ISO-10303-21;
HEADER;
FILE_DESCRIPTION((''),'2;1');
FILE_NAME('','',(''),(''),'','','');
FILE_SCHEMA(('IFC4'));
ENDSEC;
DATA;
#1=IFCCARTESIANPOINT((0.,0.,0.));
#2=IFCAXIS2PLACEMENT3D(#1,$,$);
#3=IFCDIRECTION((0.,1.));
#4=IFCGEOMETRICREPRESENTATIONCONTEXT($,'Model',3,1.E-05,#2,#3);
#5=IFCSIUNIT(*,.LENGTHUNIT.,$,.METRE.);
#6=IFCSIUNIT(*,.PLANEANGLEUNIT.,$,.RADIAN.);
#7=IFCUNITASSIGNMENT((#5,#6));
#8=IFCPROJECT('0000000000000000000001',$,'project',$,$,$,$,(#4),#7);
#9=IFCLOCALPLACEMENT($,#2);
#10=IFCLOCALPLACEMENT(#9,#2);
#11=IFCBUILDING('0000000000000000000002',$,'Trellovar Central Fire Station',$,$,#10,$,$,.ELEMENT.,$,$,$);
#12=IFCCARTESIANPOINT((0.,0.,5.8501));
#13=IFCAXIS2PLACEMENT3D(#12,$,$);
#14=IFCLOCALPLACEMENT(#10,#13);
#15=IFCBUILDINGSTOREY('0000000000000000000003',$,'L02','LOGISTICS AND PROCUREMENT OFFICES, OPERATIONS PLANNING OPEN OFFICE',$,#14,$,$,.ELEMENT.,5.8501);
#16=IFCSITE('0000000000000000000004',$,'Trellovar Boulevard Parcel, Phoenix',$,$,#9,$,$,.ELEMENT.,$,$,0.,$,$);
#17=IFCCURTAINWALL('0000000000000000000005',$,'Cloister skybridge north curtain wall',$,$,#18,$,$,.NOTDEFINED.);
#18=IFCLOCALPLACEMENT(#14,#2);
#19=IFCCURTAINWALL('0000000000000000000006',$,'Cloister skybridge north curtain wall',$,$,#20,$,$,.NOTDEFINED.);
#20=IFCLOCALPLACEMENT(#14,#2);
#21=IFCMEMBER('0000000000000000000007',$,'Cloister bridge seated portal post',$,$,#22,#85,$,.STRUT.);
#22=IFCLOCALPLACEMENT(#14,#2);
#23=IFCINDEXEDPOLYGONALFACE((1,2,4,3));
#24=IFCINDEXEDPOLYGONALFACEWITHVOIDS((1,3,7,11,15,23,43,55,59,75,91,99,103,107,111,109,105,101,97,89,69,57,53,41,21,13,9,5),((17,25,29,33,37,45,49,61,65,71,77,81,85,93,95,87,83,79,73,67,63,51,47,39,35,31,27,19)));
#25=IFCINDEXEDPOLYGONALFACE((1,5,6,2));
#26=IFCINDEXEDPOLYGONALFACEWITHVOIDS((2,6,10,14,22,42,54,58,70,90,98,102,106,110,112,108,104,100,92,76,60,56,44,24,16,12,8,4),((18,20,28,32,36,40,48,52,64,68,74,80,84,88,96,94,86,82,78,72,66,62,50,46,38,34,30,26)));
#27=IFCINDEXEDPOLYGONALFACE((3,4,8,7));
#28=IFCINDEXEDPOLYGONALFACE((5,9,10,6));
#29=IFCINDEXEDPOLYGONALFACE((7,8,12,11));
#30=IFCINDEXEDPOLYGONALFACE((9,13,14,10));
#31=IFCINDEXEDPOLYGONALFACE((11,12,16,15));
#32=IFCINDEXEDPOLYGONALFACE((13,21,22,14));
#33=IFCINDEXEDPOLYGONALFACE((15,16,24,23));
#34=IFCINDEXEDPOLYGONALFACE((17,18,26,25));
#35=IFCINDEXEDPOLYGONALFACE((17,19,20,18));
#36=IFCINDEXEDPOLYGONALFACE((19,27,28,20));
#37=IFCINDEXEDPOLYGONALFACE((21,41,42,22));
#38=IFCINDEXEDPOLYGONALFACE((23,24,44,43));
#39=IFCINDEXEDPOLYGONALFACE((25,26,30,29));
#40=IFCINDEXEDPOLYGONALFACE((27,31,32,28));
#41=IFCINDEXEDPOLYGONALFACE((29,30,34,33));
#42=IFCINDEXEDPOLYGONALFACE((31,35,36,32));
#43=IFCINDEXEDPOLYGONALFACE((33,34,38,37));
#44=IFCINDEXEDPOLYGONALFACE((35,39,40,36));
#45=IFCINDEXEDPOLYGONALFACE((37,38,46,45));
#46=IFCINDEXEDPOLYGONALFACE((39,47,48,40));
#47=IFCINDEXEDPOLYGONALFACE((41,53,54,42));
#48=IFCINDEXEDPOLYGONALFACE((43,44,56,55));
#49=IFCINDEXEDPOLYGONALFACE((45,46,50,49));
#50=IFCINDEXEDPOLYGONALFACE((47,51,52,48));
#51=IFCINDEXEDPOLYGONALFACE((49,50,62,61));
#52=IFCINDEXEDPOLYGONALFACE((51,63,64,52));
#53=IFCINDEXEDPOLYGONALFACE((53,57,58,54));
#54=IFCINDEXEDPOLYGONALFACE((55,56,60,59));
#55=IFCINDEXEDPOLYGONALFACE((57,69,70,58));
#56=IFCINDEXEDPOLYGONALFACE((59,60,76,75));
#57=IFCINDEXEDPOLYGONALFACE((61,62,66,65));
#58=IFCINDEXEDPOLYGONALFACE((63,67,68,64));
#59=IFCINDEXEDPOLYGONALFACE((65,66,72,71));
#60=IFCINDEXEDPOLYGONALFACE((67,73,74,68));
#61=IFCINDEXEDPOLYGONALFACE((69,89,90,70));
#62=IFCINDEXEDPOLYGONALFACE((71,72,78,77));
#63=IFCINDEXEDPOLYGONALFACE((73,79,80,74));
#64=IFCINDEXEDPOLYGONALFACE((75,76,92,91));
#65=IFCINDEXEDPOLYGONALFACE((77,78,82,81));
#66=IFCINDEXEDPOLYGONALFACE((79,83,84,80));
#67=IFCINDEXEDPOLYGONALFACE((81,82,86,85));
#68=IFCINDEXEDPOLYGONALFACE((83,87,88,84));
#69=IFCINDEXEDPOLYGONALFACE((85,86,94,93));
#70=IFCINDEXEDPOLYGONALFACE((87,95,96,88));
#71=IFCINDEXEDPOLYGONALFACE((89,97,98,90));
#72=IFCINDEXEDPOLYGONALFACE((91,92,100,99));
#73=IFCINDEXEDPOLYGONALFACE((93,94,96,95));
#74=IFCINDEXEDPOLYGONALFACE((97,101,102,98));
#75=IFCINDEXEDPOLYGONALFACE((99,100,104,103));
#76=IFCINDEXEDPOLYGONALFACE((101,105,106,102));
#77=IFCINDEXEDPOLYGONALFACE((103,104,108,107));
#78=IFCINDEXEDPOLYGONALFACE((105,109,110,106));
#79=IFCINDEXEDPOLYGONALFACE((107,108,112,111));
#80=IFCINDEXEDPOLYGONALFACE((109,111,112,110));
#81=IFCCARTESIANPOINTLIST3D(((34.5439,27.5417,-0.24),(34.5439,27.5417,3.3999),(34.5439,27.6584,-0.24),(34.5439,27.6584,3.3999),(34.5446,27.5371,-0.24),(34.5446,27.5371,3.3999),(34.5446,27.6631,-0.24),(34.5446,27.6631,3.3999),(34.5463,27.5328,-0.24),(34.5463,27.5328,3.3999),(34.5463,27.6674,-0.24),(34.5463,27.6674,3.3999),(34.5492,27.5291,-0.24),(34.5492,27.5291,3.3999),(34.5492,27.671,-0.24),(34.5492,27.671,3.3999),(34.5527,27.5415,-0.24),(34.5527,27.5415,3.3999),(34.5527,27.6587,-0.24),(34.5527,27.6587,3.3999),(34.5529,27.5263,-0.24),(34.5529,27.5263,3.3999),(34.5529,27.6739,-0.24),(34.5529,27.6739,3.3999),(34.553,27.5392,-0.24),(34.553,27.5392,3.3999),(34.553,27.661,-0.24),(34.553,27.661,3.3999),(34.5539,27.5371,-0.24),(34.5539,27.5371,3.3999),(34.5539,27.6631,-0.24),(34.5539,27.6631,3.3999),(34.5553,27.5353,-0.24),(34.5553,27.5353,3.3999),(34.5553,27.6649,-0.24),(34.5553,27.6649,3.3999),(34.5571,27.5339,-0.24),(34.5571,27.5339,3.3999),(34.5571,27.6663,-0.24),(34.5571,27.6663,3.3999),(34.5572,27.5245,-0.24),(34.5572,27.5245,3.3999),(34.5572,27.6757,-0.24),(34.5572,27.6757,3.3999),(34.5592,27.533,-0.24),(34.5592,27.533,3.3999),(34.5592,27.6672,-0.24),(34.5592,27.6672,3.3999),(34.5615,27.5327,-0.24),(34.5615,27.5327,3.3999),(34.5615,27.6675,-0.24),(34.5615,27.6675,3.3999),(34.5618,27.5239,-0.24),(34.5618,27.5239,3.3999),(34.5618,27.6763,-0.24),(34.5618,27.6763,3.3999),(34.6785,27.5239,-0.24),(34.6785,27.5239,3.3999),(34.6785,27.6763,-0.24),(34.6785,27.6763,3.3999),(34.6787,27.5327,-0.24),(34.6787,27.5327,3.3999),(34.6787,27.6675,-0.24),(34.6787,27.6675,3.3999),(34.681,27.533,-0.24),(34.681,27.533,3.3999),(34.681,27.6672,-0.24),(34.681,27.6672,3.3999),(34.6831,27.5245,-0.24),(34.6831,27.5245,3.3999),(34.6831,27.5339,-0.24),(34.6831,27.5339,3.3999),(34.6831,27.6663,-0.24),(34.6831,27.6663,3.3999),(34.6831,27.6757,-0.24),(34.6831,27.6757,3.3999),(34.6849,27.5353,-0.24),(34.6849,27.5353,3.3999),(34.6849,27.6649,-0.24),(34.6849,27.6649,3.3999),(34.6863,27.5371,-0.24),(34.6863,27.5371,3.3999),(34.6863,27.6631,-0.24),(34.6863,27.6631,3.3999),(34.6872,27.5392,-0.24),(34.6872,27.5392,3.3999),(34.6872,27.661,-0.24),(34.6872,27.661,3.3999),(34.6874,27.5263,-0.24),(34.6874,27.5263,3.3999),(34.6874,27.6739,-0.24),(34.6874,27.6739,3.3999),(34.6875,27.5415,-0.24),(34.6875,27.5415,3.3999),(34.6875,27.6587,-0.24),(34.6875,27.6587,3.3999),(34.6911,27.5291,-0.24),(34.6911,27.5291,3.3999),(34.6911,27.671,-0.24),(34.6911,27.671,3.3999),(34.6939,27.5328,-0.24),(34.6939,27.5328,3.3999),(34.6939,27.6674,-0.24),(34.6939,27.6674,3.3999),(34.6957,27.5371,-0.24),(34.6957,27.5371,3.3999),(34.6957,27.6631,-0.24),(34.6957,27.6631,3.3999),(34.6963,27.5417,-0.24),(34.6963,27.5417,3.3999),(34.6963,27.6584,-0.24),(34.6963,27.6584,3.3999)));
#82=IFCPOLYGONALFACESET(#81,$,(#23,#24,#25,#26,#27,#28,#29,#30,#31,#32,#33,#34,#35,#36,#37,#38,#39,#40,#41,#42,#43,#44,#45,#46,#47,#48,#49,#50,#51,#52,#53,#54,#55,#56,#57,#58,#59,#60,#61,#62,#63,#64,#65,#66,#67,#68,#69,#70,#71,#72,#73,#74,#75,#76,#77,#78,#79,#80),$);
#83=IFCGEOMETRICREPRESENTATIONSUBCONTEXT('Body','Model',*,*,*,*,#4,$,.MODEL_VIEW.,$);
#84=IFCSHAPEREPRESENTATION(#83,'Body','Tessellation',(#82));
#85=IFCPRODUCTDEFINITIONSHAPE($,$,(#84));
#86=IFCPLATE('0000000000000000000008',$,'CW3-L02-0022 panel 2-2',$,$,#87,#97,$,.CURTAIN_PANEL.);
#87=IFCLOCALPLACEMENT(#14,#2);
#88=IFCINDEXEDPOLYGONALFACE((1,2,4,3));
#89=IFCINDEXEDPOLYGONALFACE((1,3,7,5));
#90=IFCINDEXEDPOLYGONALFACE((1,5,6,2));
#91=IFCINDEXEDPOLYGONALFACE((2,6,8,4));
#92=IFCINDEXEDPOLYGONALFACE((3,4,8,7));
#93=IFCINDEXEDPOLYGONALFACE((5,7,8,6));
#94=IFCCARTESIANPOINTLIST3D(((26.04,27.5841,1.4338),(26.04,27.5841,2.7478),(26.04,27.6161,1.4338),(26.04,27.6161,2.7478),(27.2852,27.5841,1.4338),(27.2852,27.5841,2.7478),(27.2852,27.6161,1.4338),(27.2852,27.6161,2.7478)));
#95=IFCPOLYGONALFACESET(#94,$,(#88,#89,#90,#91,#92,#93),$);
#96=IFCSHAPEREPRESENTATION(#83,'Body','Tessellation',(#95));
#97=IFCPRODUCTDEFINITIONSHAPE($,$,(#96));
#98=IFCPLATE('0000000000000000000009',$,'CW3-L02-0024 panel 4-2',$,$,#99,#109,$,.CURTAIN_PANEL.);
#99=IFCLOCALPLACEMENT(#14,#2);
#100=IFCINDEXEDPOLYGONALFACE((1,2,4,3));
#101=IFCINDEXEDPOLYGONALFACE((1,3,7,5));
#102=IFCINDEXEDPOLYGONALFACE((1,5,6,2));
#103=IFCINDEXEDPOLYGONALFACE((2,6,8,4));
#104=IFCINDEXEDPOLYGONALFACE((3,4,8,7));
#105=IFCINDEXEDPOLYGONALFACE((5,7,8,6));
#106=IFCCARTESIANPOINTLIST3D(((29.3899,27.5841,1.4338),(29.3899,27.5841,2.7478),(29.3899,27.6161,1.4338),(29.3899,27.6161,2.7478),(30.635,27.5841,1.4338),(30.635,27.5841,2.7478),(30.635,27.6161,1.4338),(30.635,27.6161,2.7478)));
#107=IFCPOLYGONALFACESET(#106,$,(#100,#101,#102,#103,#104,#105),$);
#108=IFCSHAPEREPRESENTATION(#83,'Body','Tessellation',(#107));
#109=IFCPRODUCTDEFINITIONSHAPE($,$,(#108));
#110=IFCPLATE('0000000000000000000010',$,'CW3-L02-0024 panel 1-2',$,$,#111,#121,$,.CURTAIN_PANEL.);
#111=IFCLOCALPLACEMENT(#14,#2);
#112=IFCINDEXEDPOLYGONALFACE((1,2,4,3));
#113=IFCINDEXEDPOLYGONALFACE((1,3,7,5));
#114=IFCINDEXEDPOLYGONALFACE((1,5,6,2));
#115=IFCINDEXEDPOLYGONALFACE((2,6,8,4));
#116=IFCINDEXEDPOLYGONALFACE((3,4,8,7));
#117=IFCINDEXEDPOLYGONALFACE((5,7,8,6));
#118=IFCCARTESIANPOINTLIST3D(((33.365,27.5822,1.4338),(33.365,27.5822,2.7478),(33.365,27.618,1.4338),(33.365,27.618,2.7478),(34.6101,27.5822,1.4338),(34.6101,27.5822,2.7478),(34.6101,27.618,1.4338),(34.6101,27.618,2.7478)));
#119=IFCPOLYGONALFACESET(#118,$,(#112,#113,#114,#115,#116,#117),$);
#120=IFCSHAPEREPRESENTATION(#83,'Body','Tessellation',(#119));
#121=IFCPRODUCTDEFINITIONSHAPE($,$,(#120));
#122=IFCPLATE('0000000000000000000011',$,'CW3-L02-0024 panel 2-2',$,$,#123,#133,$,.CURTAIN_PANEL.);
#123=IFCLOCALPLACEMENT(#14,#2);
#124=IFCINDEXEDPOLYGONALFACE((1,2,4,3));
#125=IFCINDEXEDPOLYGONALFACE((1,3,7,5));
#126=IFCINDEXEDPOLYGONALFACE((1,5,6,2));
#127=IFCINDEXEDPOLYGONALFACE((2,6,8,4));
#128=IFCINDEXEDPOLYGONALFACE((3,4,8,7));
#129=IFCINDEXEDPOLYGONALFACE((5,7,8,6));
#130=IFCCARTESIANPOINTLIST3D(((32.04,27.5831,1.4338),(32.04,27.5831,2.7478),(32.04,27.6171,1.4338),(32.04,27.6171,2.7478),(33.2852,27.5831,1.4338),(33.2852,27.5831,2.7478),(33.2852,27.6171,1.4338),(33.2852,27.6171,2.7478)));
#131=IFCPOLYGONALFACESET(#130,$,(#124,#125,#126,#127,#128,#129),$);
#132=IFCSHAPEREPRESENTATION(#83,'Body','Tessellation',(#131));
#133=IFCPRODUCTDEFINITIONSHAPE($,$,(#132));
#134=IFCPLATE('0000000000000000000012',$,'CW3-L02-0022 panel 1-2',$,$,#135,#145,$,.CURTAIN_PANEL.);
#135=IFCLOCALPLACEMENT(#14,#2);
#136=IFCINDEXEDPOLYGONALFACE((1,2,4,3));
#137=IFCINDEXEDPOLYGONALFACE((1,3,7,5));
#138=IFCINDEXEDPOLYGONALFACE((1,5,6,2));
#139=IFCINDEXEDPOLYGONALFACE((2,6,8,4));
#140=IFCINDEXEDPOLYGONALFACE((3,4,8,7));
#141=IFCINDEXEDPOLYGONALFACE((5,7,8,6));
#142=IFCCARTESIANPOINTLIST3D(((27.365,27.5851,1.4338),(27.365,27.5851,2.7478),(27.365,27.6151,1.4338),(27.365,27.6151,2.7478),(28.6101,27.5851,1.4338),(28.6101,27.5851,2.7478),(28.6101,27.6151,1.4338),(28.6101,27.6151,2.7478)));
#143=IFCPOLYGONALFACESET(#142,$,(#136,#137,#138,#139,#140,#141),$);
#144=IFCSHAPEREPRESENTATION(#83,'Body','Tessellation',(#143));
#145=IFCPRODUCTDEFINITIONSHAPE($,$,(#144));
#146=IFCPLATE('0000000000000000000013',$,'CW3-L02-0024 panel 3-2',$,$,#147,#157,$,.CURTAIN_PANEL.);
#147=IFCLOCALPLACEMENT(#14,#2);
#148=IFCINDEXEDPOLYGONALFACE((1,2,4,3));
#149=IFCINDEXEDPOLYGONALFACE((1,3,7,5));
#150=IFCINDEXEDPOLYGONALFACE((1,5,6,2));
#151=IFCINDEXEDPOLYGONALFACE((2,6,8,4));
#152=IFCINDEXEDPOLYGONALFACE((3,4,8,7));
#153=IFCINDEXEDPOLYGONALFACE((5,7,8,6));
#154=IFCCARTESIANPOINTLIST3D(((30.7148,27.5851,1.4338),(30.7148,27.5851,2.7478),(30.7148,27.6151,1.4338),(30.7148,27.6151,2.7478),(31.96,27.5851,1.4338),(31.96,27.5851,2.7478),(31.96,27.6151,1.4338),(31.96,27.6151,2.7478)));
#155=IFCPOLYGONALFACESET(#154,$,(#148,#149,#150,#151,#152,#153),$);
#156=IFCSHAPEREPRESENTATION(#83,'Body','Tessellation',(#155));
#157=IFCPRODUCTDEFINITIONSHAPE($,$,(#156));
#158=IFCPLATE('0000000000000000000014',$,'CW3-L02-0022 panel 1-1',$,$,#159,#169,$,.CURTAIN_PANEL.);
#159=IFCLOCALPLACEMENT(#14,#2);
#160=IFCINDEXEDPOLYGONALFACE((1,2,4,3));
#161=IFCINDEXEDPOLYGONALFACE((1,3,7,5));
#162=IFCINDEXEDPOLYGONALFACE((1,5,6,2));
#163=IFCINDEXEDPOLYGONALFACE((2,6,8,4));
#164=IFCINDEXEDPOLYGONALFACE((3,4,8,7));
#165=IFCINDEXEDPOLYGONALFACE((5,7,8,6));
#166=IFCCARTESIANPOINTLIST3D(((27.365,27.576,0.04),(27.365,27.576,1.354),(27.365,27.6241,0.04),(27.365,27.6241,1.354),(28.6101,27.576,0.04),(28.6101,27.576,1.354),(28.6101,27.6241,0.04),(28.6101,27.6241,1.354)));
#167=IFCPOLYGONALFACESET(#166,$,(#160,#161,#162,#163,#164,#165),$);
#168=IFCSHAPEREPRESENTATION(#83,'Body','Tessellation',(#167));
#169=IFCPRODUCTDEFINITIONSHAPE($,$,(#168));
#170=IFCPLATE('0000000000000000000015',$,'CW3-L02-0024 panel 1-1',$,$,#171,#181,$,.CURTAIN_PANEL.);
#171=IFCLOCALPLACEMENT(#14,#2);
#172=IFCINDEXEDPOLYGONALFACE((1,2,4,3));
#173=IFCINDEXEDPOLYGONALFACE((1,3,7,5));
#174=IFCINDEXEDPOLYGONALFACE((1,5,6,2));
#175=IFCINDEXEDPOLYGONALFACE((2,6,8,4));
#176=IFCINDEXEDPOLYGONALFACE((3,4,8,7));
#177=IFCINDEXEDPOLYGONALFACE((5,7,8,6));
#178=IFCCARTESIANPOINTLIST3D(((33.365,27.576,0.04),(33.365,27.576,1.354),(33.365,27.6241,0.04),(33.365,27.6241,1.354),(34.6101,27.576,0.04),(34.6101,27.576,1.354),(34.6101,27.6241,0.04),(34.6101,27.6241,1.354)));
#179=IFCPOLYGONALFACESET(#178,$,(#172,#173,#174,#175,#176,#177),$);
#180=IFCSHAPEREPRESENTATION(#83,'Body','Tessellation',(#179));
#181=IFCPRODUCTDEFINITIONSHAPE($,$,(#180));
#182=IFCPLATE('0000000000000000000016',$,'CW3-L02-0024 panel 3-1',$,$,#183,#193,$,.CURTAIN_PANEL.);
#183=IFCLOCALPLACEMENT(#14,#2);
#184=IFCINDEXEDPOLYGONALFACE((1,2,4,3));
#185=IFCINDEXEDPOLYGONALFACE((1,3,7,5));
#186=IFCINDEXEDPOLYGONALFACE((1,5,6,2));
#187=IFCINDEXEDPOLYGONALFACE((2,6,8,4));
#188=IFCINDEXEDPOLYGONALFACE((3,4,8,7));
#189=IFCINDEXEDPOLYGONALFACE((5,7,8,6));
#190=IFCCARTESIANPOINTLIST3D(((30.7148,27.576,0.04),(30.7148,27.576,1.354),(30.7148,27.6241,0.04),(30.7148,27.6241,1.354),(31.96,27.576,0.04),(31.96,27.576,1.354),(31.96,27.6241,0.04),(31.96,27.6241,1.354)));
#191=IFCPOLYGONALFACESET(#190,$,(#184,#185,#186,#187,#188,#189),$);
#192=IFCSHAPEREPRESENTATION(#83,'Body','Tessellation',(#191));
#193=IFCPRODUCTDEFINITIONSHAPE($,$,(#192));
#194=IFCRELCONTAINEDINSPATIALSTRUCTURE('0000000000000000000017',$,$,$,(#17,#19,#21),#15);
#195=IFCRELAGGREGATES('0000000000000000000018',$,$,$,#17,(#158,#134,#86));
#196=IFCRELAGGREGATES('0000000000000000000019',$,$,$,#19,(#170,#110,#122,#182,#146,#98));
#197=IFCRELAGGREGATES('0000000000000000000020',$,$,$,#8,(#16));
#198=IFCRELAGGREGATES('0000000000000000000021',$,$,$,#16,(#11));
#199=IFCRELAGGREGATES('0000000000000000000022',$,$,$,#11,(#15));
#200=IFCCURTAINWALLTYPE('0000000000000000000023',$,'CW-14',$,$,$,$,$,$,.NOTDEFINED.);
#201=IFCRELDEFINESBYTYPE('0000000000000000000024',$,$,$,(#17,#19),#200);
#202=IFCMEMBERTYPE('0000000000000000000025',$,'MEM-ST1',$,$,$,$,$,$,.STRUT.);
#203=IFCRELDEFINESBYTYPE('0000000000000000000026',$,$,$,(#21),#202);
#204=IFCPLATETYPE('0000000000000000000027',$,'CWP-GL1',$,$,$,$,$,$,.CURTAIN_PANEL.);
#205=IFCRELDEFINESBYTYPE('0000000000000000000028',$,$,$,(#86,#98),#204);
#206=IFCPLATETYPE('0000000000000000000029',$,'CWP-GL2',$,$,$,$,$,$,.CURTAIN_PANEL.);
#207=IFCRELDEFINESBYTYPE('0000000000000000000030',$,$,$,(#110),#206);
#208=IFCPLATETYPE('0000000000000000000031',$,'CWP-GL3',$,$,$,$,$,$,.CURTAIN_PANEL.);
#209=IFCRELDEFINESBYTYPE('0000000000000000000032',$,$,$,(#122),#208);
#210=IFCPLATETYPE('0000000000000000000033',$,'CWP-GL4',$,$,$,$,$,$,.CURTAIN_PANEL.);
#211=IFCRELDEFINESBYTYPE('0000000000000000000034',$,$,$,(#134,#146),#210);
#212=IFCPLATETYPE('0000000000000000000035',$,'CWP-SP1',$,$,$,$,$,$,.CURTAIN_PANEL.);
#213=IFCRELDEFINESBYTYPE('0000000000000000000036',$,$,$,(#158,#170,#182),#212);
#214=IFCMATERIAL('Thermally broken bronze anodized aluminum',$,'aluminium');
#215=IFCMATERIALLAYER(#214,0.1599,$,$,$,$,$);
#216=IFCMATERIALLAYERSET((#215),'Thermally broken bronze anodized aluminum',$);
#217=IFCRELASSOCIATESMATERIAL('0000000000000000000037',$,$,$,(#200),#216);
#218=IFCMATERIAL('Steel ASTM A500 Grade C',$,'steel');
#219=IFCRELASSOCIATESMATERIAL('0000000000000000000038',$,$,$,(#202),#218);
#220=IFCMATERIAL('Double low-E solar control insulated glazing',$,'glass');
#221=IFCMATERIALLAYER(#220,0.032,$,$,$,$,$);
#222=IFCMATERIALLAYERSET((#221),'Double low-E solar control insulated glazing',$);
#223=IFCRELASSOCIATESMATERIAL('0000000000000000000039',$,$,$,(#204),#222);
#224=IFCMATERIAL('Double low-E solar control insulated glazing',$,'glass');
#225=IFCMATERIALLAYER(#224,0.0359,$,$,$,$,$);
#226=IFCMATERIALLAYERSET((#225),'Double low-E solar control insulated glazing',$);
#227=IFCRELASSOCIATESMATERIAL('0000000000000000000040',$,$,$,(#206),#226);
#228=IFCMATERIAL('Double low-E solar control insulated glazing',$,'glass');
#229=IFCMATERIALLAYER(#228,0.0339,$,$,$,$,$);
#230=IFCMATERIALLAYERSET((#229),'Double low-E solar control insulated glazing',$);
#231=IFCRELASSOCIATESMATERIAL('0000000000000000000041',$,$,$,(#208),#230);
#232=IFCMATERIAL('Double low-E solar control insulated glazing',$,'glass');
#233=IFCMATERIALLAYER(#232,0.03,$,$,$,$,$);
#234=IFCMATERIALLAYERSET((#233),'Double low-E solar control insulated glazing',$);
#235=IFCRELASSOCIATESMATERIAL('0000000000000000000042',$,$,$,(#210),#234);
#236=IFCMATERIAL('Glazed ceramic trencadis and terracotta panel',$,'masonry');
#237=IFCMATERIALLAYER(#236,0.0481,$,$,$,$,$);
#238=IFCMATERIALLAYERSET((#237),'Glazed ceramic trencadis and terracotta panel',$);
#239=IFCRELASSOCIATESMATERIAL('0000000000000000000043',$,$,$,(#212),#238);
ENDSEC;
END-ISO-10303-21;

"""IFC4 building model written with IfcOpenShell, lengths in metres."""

from ifc_helpers import new_model, si_unit, direction, frame, origin, origin_2d, place, context, subcontext, project, spatial, rectangle, hollow_rectangle, extrude, material, layer, layer_set, material_profile, profile_set, type_object, element, aggregate, save


model = new_model("IFC4")

# Units and contexts
model_context = context("Model", 3, precision=1e-05, world=origin(), true_north=direction((0.0, 1.0)))
body_context = subcontext(model_context, "Body", "Model", "MODEL_VIEW")
ifc_project = project(units=[si_unit("LENGTHUNIT", "METRE"), si_unit("PLANEANGLEUNIT", "RADIAN")], contexts=[model_context])

# Site, building, storey
site_placement = place(None, origin())
site = spatial("IfcSite", under=ifc_project, at=site_placement, Name="Trellovar Boulevard Parcel, Phoenix", CompositionType="ELEMENT", RefElevation=0.0)
building_placement = place(site_placement, origin())
building = spatial("IfcBuilding", under=site, at=building_placement, Name="Trellovar Central Fire Station", CompositionType="ELEMENT")
storey_placement = place(building_placement, frame((0.0, 0.0, 5.8501)))
storey = spatial("IfcBuildingStorey", under=building, at=storey_placement, Name="L02", Description="LOGISTICS AND PROCUREMENT OFFICES, OPERATIONS PLANNING OPEN OFFICE", CompositionType="ELEMENT", Elevation=5.8501)

# Curtain walls
ifc_material_1 = material(Name="Thermally broken bronze anodized aluminum", Category="aluminium")
ifc_layer_1 = layer(ifc_material_1, 0.1599)
ifc_layer_set_1 = layer_set([ifc_layer_1], Name="Thermally broken bronze anodized aluminum")
curtain_wall_type = type_object("IfcCurtainWallType", Name="CW-14", PredefinedType="NOTDEFINED", material=ifc_layer_set_1)
curtain_wall_1_placement = place(storey_placement, origin())
curtain_wall_1 = element("IfcCurtainWall", 1, at=curtain_wall_1_placement, inside=storey, type_object=curtain_wall_type, Name="Cloister skybridge north curtain wall", PredefinedType="NOTDEFINED")
curtain_wall_2_placement = place(storey_placement, origin())
curtain_wall_2 = element("IfcCurtainWall", 2, at=curtain_wall_2_placement, inside=storey, type_object=curtain_wall_type, Name="Cloister skybridge north curtain wall", PredefinedType="NOTDEFINED")

# Member
ifc_material_2 = material(Name="Steel ASTM A500 Grade C", Category="steel")
ifc_material_profile_1 = material_profile(ifc_material_2, hollow_rectangle(XDim=0.1523, YDim=0.1523, WallThickness=0.0088, InnerFilletRadius=0.0088, OuterFilletRadius=0.0178, at=origin_2d()), Name="HSS6X6X3/8")
ifc_profile_set_1 = profile_set([ifc_material_profile_1], Name="Steel ASTM A500 Grade C")
member_type_1 = type_object("IfcMemberType", Name="MEM-ST1", PredefinedType="STRUT", material=ifc_profile_set_1)
member_1_placement = place(storey_placement, frame((34.6201, 27.6001, -0.24), z_axis=(0.0, 0.0, 1.0), x_axis=(1.0, 0.0, 0.0)))
element("IfcMember", 3, at=member_1_placement, inside=storey, type_object=member_type_1, Name="Cloister bridge seated portal post", PredefinedType="STRUT", context=body_context, shape_type="SweptSolid", body=[
    extrude(hollow_rectangle(XDim=0.1523, YDim=0.1523, WallThickness=0.0088, InnerFilletRadius=0.0088, OuterFilletRadius=0.0178, at=origin_2d()), origin(), (0.0, 0.0, 1.0), 3.6399),
])

# Plates
ifc_material_3 = material(Name="Double low-E solar control insulated glazing", Category="glass")
ifc_layer_2 = layer(ifc_material_3, 0.032)
ifc_layer_set_2 = layer_set([ifc_layer_2], Name="Double low-E solar control insulated glazing")
plate_type_1 = type_object("IfcPlateType", Name="CWP-GL1", PredefinedType="CURTAIN_PANEL", material=ifc_layer_set_2)
plate_1_placement = place(storey_placement, frame((26.6626, 27.6001, 1.4338), z_axis=(0.0, 0.0, 1.0), x_axis=(-1.0, 0.0, 0.0)))
plate_1 = element("IfcPlate", 4, at=plate_1_placement, type_object=plate_type_1, Name="CW3-L02-0022 panel 2-2", PredefinedType="CURTAIN_PANEL", context=body_context, shape_type="SweptSolid", body=[
    extrude(rectangle(XDim=1.2451, YDim=0.032, at=origin_2d()), origin(), (0.0, 0.0, 1.0), 1.314),
])
plate_2_placement = place(storey_placement, frame((30.0125, 27.6001, 1.4338), z_axis=(0.0, 0.0, 1.0), x_axis=(-1.0, 0.0, 0.0)))
plate_2 = element("IfcPlate", 5, at=plate_2_placement, type_object=plate_type_1, Name="CW3-L02-0024 panel 4-2", PredefinedType="CURTAIN_PANEL", context=body_context, shape_type="SweptSolid", body=[
    extrude(rectangle(XDim=1.2451, YDim=0.032, at=origin_2d()), origin(), (0.0, 0.0, 1.0), 1.314),
])
ifc_material_4 = material(Name="Double low-E solar control insulated glazing", Category="glass")
ifc_layer_3 = layer(ifc_material_4, 0.0359)
ifc_layer_set_3 = layer_set([ifc_layer_3], Name="Double low-E solar control insulated glazing")
plate_type_2 = type_object("IfcPlateType", Name="CWP-GL2", PredefinedType="CURTAIN_PANEL", material=ifc_layer_set_3)
plate_3_placement = place(storey_placement, frame((33.9875, 27.6001, 1.4338), z_axis=(0.0, 0.0, 1.0), x_axis=(-1.0, 0.0, 0.0)))
plate_3 = element("IfcPlate", 6, at=plate_3_placement, type_object=plate_type_2, Name="CW3-L02-0024 panel 1-2", PredefinedType="CURTAIN_PANEL", context=body_context, shape_type="SweptSolid", body=[
    extrude(rectangle(XDim=1.2451, YDim=0.0359, at=origin_2d()), origin(), (0.0, 0.0, 1.0), 1.314),
])
ifc_material_5 = material(Name="Double low-E solar control insulated glazing", Category="glass")
ifc_layer_4 = layer(ifc_material_5, 0.0339)
ifc_layer_set_4 = layer_set([ifc_layer_4], Name="Double low-E solar control insulated glazing")
plate_type_3 = type_object("IfcPlateType", Name="CWP-GL3", PredefinedType="CURTAIN_PANEL", material=ifc_layer_set_4)
plate_4_placement = place(storey_placement, frame((32.6626, 27.6001, 1.4338), z_axis=(0.0, 0.0, 1.0), x_axis=(-1.0, 0.0, 0.0)))
plate_4 = element("IfcPlate", 7, at=plate_4_placement, type_object=plate_type_3, Name="CW3-L02-0024 panel 2-2", PredefinedType="CURTAIN_PANEL", context=body_context, shape_type="SweptSolid", body=[
    extrude(rectangle(XDim=1.2451, YDim=0.0339, at=origin_2d()), origin(), (0.0, 0.0, 1.0), 1.314),
])
ifc_material_6 = material(Name="Double low-E solar control insulated glazing", Category="glass")
ifc_layer_5 = layer(ifc_material_6, 0.03)
ifc_layer_set_5 = layer_set([ifc_layer_5], Name="Double low-E solar control insulated glazing")
plate_type_4 = type_object("IfcPlateType", Name="CWP-GL4", PredefinedType="CURTAIN_PANEL", material=ifc_layer_set_5)
plate_5_placement = place(storey_placement, frame((27.9875, 27.6001, 1.4338), z_axis=(0.0, 0.0, 1.0), x_axis=(-1.0, 0.0, 0.0)))
plate_5 = element("IfcPlate", 8, at=plate_5_placement, type_object=plate_type_4, Name="CW3-L02-0022 panel 1-2", PredefinedType="CURTAIN_PANEL", context=body_context, shape_type="SweptSolid", body=[
    extrude(rectangle(XDim=1.2451, YDim=0.03, at=origin_2d()), origin(), (0.0, 0.0, 1.0), 1.314),
])
plate_6_placement = place(storey_placement, frame((31.3374, 27.6001, 1.4338), z_axis=(0.0, 0.0, 1.0), x_axis=(-1.0, 0.0, 0.0)))
plate_6 = element("IfcPlate", 9, at=plate_6_placement, type_object=plate_type_4, Name="CW3-L02-0024 panel 3-2", PredefinedType="CURTAIN_PANEL", context=body_context, shape_type="SweptSolid", body=[
    extrude(rectangle(XDim=1.2451, YDim=0.03, at=origin_2d()), origin(), (0.0, 0.0, 1.0), 1.314),
])
ifc_material_7 = material(Name="Glazed ceramic trencadis and terracotta panel", Category="masonry")
ifc_layer_6 = layer(ifc_material_7, 0.0481)
ifc_layer_set_6 = layer_set([ifc_layer_6], Name="Glazed ceramic trencadis and terracotta panel")
plate_type_5 = type_object("IfcPlateType", Name="CWP-SP1", PredefinedType="CURTAIN_PANEL", material=ifc_layer_set_6)
plate_7_placement = place(storey_placement, frame((27.9875, 27.6001, 0.04), z_axis=(0.0, 0.0, 1.0), x_axis=(-1.0, 0.0, 0.0)))
plate_7 = element("IfcPlate", 10, at=plate_7_placement, type_object=plate_type_5, Name="CW3-L02-0022 panel 1-1", PredefinedType="CURTAIN_PANEL", context=body_context, shape_type="SweptSolid", body=[
    extrude(rectangle(XDim=1.2451, YDim=0.0481, at=origin_2d()), origin(), (0.0, 0.0, 1.0), 1.314),
])
plate_8_placement = place(storey_placement, frame((33.9875, 27.6001, 0.04), z_axis=(0.0, 0.0, 1.0), x_axis=(-1.0, 0.0, 0.0)))
plate_8 = element("IfcPlate", 11, at=plate_8_placement, type_object=plate_type_5, Name="CW3-L02-0024 panel 1-1", PredefinedType="CURTAIN_PANEL", context=body_context, shape_type="SweptSolid", body=[
    extrude(rectangle(XDim=1.2451, YDim=0.0481, at=origin_2d()), origin(), (0.0, 0.0, 1.0), 1.314),
])
plate_9_placement = place(storey_placement, frame((31.3374, 27.6001, 0.04), z_axis=(0.0, 0.0, 1.0), x_axis=(-1.0, 0.0, 0.0)))
plate_9 = element("IfcPlate", 12, at=plate_9_placement, type_object=plate_type_5, Name="CW3-L02-0024 panel 3-1", PredefinedType="CURTAIN_PANEL", context=body_context, shape_type="SweptSolid", body=[
    extrude(rectangle(XDim=1.2451, YDim=0.0481, at=origin_2d()), origin(), (0.0, 0.0, 1.0), 1.314),
])
aggregate(curtain_wall_1, [plate_7, plate_5, plate_1])
aggregate(curtain_wall_2, [plate_8, plate_3, plate_4, plate_9, plate_6, plate_2])

save(model, "model.ifc")
